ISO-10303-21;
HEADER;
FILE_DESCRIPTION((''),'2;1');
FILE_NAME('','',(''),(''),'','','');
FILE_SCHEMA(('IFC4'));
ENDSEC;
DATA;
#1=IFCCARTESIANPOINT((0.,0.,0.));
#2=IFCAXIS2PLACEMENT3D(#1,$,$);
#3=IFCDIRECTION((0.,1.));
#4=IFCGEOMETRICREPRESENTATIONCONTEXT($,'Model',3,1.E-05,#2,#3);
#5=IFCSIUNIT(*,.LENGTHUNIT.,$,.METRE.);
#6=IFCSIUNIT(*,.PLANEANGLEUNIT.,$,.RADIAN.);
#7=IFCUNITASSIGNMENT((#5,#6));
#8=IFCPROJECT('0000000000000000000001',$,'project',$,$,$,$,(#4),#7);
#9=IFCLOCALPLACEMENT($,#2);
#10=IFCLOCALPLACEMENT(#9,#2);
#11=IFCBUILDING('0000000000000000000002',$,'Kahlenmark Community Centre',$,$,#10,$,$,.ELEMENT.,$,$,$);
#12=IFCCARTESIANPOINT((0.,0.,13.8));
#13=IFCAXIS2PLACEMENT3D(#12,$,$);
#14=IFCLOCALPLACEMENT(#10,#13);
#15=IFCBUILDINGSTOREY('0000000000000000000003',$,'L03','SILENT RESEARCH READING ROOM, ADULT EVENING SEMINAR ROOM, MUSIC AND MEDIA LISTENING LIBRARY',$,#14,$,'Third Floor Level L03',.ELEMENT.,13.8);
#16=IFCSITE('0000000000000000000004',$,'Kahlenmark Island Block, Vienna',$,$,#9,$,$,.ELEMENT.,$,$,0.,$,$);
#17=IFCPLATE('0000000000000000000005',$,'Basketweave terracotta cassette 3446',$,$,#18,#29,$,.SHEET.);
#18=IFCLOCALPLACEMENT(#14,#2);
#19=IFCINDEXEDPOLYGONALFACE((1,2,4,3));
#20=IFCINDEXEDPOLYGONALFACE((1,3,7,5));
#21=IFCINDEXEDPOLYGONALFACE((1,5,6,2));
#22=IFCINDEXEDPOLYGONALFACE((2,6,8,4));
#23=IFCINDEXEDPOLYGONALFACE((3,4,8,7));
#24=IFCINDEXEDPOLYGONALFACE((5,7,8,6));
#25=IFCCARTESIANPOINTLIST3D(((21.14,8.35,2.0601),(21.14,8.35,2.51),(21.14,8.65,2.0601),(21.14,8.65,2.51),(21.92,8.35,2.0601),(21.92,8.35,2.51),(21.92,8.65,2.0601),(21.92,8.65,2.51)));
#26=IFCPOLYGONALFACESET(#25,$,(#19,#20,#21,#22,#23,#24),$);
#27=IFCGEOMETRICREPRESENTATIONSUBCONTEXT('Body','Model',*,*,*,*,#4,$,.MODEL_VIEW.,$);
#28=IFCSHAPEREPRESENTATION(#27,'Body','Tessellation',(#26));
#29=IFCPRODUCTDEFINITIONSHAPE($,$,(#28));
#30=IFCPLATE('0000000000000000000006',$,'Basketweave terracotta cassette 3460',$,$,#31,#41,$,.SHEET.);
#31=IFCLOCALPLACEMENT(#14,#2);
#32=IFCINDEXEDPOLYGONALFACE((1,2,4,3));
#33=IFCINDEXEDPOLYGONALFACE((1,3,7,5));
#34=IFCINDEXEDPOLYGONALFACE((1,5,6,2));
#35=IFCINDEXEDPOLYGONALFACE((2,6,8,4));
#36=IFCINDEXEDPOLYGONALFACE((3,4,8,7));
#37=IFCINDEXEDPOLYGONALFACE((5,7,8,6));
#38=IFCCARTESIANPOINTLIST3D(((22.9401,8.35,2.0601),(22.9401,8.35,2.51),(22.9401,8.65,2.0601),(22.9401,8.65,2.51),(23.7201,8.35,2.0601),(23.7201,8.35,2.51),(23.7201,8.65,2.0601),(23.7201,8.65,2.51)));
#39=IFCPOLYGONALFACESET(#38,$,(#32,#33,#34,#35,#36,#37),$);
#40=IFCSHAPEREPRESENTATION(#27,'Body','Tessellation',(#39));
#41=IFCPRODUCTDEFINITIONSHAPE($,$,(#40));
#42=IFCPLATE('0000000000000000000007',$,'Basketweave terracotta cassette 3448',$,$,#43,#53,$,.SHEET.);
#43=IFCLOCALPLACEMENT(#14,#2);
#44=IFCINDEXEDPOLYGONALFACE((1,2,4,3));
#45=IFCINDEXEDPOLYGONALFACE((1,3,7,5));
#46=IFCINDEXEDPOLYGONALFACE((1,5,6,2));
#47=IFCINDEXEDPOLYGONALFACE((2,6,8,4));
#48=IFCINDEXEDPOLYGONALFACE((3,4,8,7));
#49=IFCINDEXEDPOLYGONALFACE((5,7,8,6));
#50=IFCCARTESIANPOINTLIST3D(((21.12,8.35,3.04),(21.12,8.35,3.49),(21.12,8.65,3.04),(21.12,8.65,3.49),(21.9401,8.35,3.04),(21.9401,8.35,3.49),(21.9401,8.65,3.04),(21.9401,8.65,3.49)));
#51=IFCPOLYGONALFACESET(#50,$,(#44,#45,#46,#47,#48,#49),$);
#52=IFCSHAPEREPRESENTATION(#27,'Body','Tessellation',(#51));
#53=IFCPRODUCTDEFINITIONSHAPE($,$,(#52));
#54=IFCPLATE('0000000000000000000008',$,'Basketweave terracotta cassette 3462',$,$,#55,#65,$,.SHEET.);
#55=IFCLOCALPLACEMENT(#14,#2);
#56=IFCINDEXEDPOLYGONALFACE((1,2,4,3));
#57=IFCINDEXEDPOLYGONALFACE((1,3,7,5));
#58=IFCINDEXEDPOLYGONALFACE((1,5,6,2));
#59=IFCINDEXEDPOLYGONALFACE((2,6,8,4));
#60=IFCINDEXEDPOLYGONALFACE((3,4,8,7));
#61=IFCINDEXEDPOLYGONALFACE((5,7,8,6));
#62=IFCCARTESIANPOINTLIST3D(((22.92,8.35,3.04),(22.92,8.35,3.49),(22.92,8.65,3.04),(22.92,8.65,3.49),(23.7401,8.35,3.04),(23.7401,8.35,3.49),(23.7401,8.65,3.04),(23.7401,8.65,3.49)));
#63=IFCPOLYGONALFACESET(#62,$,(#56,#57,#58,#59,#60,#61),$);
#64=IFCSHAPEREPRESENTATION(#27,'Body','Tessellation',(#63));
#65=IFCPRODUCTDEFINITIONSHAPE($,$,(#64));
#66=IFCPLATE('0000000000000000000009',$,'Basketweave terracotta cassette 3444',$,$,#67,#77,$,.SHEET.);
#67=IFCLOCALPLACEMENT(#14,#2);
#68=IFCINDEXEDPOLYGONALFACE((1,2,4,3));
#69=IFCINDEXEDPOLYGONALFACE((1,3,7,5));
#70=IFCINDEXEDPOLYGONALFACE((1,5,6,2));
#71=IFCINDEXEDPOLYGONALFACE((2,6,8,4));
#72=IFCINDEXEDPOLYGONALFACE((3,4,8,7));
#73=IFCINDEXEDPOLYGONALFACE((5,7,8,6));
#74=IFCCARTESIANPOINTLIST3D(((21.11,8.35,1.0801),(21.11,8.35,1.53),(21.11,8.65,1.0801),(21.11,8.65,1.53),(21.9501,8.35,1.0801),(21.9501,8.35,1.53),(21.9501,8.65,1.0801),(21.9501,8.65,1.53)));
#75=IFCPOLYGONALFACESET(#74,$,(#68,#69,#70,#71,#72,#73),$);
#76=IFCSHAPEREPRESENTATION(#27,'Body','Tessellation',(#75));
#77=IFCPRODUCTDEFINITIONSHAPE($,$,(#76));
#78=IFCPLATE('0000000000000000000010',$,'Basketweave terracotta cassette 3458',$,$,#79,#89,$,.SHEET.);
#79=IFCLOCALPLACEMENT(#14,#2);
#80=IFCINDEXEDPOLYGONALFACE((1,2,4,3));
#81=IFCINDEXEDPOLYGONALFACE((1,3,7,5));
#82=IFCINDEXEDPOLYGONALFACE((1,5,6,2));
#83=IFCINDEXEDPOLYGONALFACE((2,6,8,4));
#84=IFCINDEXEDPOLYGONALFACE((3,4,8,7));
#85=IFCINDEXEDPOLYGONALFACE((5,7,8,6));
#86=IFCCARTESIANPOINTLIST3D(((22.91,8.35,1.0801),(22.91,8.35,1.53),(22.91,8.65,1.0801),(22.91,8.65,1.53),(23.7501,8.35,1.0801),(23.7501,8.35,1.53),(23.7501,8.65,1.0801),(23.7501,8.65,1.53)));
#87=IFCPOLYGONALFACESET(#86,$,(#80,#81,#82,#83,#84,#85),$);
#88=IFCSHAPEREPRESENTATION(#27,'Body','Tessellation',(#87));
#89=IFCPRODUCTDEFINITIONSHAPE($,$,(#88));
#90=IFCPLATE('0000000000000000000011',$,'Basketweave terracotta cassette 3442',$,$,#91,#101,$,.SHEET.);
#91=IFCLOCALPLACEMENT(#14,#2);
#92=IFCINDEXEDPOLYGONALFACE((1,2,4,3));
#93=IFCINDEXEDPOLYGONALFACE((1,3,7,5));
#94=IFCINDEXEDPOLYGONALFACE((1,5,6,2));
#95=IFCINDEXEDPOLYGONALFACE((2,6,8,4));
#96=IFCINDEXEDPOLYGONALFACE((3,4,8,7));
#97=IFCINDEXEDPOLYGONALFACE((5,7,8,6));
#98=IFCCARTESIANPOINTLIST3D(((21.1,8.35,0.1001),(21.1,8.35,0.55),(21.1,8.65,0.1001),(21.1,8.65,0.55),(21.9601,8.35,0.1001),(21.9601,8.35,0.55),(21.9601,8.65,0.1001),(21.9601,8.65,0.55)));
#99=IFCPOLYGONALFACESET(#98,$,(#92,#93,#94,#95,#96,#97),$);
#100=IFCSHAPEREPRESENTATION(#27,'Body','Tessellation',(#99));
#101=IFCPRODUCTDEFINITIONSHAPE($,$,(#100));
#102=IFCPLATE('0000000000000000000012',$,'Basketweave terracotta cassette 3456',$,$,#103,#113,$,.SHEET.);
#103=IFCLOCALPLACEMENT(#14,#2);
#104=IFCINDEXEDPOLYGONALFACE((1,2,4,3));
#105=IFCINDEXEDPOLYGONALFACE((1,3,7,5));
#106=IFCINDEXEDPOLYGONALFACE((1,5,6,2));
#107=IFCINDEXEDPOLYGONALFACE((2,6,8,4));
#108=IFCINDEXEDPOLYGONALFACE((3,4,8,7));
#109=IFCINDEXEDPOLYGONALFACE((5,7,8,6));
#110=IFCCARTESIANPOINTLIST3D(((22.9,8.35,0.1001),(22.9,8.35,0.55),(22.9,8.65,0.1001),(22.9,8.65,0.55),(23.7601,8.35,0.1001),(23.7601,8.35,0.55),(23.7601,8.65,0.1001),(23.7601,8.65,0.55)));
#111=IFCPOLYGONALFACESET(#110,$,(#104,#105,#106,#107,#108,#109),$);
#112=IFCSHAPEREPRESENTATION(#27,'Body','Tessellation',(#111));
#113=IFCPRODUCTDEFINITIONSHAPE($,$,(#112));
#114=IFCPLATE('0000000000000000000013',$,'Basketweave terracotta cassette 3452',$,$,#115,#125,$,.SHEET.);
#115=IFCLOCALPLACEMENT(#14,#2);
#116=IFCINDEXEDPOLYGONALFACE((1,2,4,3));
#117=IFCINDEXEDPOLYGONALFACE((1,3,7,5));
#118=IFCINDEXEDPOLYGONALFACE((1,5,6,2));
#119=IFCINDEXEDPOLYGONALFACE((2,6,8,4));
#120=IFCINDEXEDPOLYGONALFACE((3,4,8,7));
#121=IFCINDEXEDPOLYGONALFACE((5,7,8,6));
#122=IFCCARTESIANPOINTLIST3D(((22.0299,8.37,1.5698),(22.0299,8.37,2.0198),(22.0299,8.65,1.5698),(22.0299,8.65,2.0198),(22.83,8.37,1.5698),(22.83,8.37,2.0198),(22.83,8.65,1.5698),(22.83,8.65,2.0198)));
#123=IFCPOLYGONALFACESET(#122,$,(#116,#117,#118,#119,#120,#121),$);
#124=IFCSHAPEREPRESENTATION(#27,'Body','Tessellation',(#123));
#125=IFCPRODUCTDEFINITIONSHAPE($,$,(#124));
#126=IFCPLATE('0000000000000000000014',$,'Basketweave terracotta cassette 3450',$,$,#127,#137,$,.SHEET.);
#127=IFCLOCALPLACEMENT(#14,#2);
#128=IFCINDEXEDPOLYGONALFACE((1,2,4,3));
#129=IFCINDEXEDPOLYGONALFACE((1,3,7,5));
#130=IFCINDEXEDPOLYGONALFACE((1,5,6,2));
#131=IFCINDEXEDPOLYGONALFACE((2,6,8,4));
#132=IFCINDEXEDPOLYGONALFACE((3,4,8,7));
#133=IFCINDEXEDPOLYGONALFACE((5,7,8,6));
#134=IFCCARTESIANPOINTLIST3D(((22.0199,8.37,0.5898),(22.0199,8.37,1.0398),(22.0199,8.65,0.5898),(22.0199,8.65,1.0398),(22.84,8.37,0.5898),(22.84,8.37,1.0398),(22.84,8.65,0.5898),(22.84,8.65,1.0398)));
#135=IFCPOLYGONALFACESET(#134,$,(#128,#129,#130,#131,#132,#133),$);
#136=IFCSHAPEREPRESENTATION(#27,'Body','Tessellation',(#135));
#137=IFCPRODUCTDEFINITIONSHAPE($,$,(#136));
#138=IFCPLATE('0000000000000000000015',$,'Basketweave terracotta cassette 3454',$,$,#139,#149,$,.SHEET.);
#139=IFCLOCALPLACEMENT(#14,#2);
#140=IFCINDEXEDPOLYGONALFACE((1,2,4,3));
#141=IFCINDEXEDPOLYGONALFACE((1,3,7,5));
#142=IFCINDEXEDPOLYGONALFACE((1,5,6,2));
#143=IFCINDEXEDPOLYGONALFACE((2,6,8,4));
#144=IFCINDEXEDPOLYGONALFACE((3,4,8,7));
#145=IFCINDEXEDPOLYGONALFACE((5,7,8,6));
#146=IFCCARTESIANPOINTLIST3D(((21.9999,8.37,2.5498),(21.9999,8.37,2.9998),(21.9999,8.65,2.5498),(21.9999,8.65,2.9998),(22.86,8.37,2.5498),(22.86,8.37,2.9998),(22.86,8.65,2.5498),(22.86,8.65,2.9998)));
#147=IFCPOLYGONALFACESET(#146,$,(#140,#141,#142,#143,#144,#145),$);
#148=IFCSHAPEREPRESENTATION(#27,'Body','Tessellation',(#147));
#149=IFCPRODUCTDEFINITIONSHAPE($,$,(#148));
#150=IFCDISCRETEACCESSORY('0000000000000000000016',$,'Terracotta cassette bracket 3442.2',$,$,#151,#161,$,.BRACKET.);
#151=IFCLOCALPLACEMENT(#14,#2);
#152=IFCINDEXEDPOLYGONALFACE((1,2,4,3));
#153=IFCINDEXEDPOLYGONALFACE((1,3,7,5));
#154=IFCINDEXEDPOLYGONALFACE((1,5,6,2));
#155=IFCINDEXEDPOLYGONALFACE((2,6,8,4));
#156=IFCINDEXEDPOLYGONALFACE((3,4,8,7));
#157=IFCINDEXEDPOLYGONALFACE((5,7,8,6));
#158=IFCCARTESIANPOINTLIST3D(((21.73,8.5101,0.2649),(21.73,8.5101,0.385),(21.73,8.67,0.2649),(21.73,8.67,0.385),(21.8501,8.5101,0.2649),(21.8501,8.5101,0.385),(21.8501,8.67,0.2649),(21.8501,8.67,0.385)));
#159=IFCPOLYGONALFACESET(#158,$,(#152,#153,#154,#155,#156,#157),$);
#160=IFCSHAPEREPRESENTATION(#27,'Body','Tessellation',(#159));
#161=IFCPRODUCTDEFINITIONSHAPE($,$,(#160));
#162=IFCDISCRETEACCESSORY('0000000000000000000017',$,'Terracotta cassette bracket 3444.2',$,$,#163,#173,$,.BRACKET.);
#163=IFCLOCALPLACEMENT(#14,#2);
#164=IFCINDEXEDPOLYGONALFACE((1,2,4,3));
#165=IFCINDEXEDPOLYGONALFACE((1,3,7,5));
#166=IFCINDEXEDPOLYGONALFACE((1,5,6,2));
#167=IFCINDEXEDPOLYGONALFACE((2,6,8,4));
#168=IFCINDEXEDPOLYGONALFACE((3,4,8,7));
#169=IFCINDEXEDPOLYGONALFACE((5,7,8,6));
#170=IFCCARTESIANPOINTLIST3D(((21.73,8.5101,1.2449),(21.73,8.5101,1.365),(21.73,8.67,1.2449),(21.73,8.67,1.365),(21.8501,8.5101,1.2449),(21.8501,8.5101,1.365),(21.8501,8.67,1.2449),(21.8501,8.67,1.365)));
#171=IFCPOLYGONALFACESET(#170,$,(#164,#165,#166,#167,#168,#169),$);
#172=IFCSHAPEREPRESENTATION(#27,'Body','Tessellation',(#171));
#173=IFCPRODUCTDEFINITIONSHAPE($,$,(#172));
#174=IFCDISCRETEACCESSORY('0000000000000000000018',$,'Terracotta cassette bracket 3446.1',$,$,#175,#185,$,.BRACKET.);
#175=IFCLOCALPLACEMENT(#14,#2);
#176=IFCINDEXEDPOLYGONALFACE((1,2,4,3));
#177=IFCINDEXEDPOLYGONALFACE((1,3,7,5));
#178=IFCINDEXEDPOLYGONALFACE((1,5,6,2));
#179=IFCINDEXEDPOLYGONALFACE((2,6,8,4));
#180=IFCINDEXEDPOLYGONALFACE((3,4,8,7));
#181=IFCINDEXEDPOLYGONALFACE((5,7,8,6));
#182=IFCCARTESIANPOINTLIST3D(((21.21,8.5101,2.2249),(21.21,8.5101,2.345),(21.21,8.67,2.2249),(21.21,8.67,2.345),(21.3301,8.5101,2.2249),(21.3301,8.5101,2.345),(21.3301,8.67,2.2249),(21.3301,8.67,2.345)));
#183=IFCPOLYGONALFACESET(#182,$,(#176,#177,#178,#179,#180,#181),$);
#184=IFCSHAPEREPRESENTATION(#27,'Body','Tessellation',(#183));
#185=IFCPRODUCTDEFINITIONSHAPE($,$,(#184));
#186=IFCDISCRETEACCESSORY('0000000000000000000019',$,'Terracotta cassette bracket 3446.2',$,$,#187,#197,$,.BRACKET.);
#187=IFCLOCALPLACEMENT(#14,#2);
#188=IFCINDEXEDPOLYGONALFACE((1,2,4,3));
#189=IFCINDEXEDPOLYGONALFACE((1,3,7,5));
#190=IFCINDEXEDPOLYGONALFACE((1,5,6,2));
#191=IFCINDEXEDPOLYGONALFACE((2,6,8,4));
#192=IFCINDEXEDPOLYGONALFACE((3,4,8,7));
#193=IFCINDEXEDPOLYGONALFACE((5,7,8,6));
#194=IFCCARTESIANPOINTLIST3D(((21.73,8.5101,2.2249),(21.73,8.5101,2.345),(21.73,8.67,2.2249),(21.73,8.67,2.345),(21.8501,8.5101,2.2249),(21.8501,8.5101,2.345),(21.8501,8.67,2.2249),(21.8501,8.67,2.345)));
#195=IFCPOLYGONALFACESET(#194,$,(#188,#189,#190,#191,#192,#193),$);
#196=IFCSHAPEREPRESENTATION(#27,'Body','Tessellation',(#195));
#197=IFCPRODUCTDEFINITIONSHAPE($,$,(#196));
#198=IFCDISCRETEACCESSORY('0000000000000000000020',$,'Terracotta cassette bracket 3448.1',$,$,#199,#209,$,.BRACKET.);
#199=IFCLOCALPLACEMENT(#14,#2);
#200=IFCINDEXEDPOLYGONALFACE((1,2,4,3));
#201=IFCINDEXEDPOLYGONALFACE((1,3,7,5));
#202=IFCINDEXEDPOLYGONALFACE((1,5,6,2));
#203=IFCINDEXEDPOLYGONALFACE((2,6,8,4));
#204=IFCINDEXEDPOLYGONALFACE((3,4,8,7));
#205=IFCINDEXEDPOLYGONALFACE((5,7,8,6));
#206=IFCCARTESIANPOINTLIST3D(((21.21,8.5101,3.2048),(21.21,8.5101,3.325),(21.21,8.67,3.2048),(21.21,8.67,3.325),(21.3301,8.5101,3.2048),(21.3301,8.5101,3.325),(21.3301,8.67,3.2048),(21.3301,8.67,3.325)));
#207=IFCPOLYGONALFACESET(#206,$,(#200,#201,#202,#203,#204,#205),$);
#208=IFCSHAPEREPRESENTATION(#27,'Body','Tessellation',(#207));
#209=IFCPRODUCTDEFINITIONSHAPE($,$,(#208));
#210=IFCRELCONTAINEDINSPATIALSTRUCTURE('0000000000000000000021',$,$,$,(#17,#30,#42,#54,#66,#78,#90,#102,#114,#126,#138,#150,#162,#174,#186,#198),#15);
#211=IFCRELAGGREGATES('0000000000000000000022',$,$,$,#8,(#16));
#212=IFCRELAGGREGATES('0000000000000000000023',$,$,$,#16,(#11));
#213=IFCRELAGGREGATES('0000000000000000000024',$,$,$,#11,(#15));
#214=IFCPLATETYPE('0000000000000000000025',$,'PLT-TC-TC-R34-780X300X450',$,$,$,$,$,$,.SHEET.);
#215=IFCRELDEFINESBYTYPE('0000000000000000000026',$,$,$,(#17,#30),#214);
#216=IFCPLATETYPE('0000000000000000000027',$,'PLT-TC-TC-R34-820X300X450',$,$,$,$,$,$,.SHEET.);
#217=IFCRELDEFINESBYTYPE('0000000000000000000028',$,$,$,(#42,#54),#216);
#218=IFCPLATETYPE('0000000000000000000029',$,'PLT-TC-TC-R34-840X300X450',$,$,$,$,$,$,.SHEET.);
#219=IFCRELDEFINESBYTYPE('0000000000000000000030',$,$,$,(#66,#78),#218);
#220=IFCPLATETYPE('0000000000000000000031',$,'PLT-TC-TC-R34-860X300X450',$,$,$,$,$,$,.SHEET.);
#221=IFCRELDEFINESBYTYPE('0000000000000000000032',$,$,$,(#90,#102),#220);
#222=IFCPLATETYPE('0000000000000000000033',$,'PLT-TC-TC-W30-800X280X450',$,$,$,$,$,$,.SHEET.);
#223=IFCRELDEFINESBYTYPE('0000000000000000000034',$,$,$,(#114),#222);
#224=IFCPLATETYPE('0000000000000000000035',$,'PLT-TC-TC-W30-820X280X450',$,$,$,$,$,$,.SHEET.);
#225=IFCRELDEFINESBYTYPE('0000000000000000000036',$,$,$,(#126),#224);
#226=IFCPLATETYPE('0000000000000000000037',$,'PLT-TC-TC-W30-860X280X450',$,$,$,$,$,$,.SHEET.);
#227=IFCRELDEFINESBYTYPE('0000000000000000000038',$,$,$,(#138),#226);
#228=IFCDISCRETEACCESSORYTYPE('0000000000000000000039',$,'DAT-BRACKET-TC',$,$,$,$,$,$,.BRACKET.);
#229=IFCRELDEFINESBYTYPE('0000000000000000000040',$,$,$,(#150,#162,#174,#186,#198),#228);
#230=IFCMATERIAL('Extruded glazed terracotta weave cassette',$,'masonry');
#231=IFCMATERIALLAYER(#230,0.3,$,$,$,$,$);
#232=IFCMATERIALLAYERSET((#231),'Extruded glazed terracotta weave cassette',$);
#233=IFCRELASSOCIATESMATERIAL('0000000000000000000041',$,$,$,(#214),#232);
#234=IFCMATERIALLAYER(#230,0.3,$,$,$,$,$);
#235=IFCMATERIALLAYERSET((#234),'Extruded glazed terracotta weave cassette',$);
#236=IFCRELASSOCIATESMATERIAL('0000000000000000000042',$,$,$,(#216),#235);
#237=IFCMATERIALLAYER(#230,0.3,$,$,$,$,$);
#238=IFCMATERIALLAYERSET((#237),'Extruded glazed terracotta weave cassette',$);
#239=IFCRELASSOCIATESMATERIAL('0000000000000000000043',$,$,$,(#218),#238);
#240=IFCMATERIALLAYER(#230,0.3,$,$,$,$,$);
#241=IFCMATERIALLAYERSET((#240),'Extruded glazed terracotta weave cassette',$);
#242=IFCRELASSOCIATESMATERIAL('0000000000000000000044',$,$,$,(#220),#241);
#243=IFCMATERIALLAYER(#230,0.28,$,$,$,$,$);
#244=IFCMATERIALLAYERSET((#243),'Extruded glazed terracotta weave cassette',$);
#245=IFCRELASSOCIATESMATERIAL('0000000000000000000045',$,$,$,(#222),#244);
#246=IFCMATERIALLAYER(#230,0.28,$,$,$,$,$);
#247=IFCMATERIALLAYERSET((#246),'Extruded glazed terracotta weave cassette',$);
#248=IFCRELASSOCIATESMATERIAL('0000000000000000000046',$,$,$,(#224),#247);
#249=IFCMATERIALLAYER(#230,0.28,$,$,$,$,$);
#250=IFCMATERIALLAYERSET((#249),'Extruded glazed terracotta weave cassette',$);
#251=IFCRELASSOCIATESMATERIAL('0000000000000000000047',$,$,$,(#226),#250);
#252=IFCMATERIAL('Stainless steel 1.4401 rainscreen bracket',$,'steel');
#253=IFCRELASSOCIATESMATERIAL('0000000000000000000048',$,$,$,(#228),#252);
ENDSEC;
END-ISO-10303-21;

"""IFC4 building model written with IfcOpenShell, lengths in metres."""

from ifc_helpers import new_model, si_unit, direction, frame, origin, origin_2d, place, context, subcontext, project, spatial, rectangle, extrude, material, layer, layer_set, type_object, element, save


model = new_model("IFC4")

# Units and contexts
model_context = context("Model", 3, precision=1e-05, world=origin(), true_north=direction((0.0, 1.0)))
body_context = subcontext(model_context, "Body", "Model", "MODEL_VIEW")
ifc_project = project(units=[si_unit("LENGTHUNIT", "METRE"), si_unit("PLANEANGLEUNIT", "RADIAN")], contexts=[model_context])

# Site, building, storey
site_placement = place(None, origin())
site = spatial("IfcSite", under=ifc_project, at=site_placement, Name="Kahlenmark Island Block, Vienna", CompositionType="ELEMENT", RefElevation=0.0)
building_placement = place(site_placement, origin())
building = spatial("IfcBuilding", under=site, at=building_placement, Name="Kahlenmark Community Centre", CompositionType="ELEMENT")
storey_placement = place(building_placement, frame((0.0, 0.0, 13.8)))
storey = spatial("IfcBuildingStorey", under=building, at=storey_placement, Name="L03", Description="SILENT RESEARCH READING ROOM, ADULT EVENING SEMINAR ROOM, MUSIC AND MEDIA LISTENING LIBRARY", LongName="Third Floor Level L03", CompositionType="ELEMENT", Elevation=13.8)

# Plates
ifc_material_1 = material(Name="Extruded glazed terracotta weave cassette", Category="masonry")
ifc_layer_1 = layer(ifc_material_1, 0.3)
ifc_layer_set_1 = layer_set([ifc_layer_1], Name="Extruded glazed terracotta weave cassette")
plate_type_1 = type_object("IfcPlateType", Name="PLT-TC-TC-R34-780X300X450", PredefinedType="SHEET", material=ifc_layer_set_1)
for number, where, z_axis, x_axis, name in (
    (1, (21.53, 8.5, 2.0601), (0.0, 0.0, 1.0), (1.0, 0.0, 0.0), "Basketweave terracotta cassette 3446"),
    (2, (23.3301, 8.5, 2.0601), (0.0, 0.0, 1.0), (1.0, 0.0, 0.0), "Basketweave terracotta cassette 3460"),
):
    element("IfcPlate", number, at=place(storey_placement, frame(where, z_axis=z_axis, x_axis=x_axis)), inside=storey, type_object=plate_type_1, Name=name, PredefinedType="SHEET", context=body_context, shape_type="SweptSolid", body=[
        extrude(rectangle(XDim=0.78, YDim=0.3, at=origin_2d()), origin(), (0.0, 0.0, 1.0), 0.45),
    ])
ifc_layer_2 = layer(ifc_material_1, 0.3)
ifc_layer_set_2 = layer_set([ifc_layer_2], Name="Extruded glazed terracotta weave cassette")
plate_type_2 = type_object("IfcPlateType", Name="PLT-TC-TC-R34-820X300X450", PredefinedType="SHEET", material=ifc_layer_set_2)
for number, where, z_axis, x_axis, name in (
    (3, (21.53, 8.5, 3.04), (0.0, 0.0, 1.0), (1.0, 0.0, 0.0), "Basketweave terracotta cassette 3448"),
    (4, (23.3301, 8.5, 3.04), (0.0, 0.0, 1.0), (1.0, 0.0, 0.0), "Basketweave terracotta cassette 3462"),
):
    element("IfcPlate", number, at=place(storey_placement, frame(where, z_axis=z_axis, x_axis=x_axis)), inside=storey, type_object=plate_type_2, Name=name, PredefinedType="SHEET", context=body_context, shape_type="SweptSolid", body=[
        extrude(rectangle(XDim=0.8201, YDim=0.3, at=origin_2d()), origin(), (0.0, 0.0, 1.0), 0.45),
    ])
ifc_layer_3 = layer(ifc_material_1, 0.3)
ifc_layer_set_3 = layer_set([ifc_layer_3], Name="Extruded glazed terracotta weave cassette")
plate_type_3 = type_object("IfcPlateType", Name="PLT-TC-TC-R34-840X300X450", PredefinedType="SHEET", material=ifc_layer_set_3)
for number, where, z_axis, x_axis, name in (
    (5, (21.53, 8.5, 1.0801), (0.0, 0.0, 1.0), (1.0, 0.0, 0.0), "Basketweave terracotta cassette 3444"),
    (6, (23.3301, 8.5, 1.0801), (0.0, 0.0, 1.0), (1.0, 0.0, 0.0), "Basketweave terracotta cassette 3458"),
):
    element("IfcPlate", number, at=place(storey_placement, frame(where, z_axis=z_axis, x_axis=x_axis)), inside=storey, type_object=plate_type_3, Name=name, PredefinedType="SHEET", context=body_context, shape_type="SweptSolid", body=[
        extrude(rectangle(XDim=0.8401, YDim=0.3, at=origin_2d()), origin(), (0.0, 0.0, 1.0), 0.45),
    ])
ifc_layer_4 = layer(ifc_material_1, 0.3)
ifc_layer_set_4 = layer_set([ifc_layer_4], Name="Extruded glazed terracotta weave cassette")
plate_type_4 = type_object("IfcPlateType", Name="PLT-TC-TC-R34-860X300X450", PredefinedType="SHEET", material=ifc_layer_set_4)
for number, where, z_axis, x_axis, name in (
    (7, (21.53, 8.5, 0.1001), (0.0, 0.0, 1.0), (1.0, 0.0, 0.0), "Basketweave terracotta cassette 3442"),
    (8, (23.3301, 8.5, 0.1001), (0.0, 0.0, 1.0), (1.0, 0.0, 0.0), "Basketweave terracotta cassette 3456"),
):
    element("IfcPlate", number, at=place(storey_placement, frame(where, z_axis=z_axis, x_axis=x_axis)), inside=storey, type_object=plate_type_4, Name=name, PredefinedType="SHEET", context=body_context, shape_type="SweptSolid", body=[
        extrude(rectangle(XDim=0.8601, YDim=0.3, at=origin_2d()), origin(), (0.0, 0.0, 1.0), 0.45),
    ])
ifc_layer_5 = layer(ifc_material_1, 0.28)
ifc_layer_set_5 = layer_set([ifc_layer_5], Name="Extruded glazed terracotta weave cassette")
plate_type_5 = type_object("IfcPlateType", Name="PLT-TC-TC-W30-800X280X450", PredefinedType="SHEET", material=ifc_layer_set_5)
plate_1_placement = place(storey_placement, frame((22.4299, 8.51, 1.5698), z_axis=(0.0, 0.0, 1.0), x_axis=(1.0, 0.0, 0.0)))
element("IfcPlate", 9, at=plate_1_placement, inside=storey, type_object=plate_type_5, Name="Basketweave terracotta cassette 3452", PredefinedType="SHEET", context=body_context, shape_type="SweptSolid", body=[
    extrude(rectangle(XDim=0.8, YDim=0.28, at=origin_2d()), origin(), (0.0, 0.0, 1.0), 0.45),
])
ifc_layer_6 = layer(ifc_material_1, 0.28)
ifc_layer_set_6 = layer_set([ifc_layer_6], Name="Extruded glazed terracotta weave cassette")
plate_type_6 = type_object("IfcPlateType", Name="PLT-TC-TC-W30-820X280X450", PredefinedType="SHEET", material=ifc_layer_set_6)
plate_2_placement = place(storey_placement, frame((22.4299, 8.51, 0.5898), z_axis=(0.0, 0.0, 1.0), x_axis=(1.0, 0.0, 0.0)))
element("IfcPlate", 10, at=plate_2_placement, inside=storey, type_object=plate_type_6, Name="Basketweave terracotta cassette 3450", PredefinedType="SHEET", context=body_context, shape_type="SweptSolid", body=[
    extrude(rectangle(XDim=0.8201, YDim=0.28, at=origin_2d()), origin(), (0.0, 0.0, 1.0), 0.45),
])
ifc_layer_7 = layer(ifc_material_1, 0.28)
ifc_layer_set_7 = layer_set([ifc_layer_7], Name="Extruded glazed terracotta weave cassette")
plate_type_7 = type_object("IfcPlateType", Name="PLT-TC-TC-W30-860X280X450", PredefinedType="SHEET", material=ifc_layer_set_7)
plate_3_placement = place(storey_placement, frame((22.4299, 8.51, 2.5498), z_axis=(0.0, 0.0, 1.0), x_axis=(1.0, 0.0, 0.0)))
element("IfcPlate", 11, at=plate_3_placement, inside=storey, type_object=plate_type_7, Name="Basketweave terracotta cassette 3454", PredefinedType="SHEET", context=body_context, shape_type="SweptSolid", body=[
    extrude(rectangle(XDim=0.8601, YDim=0.28, at=origin_2d()), origin(), (0.0, 0.0, 1.0), 0.45),
])

# Discrete accessories
ifc_material_2 = material(Name="Stainless steel 1.4401 rainscreen bracket", Category="steel")
discrete_accessory_type = type_object("IfcDiscreteAccessoryType", Name="DAT-BRACKET-TC", PredefinedType="BRACKET", material=ifc_material_2)
for number, where, z_axis, x_axis, name in (
    (12, (21.79, 8.5901, 0.2649), (0.0, 0.0, 1.0), (1.0, 0.0, 0.0), "Terracotta cassette bracket 3442.2"),
    (13, (21.79, 8.5901, 1.2449), (0.0, 0.0, 1.0), (1.0, 0.0, 0.0), "Terracotta cassette bracket 3444.2"),
    (14, (21.27, 8.5901, 2.2249), (0.0, 0.0, 1.0), (1.0, 0.0, 0.0), "Terracotta cassette bracket 3446.1"),
    (15, (21.79, 8.5901, 2.2249), (0.0, 0.0, 1.0), (1.0, 0.0, 0.0), "Terracotta cassette bracket 3446.2"),
    (16, (21.27, 8.5901, 3.2048), (0.0, 0.0, 1.0), (1.0, 0.0, 0.0), "Terracotta cassette bracket 3448.1"),
):
    element("IfcDiscreteAccessory", number, at=place(storey_placement, frame(where, z_axis=z_axis, x_axis=x_axis)), inside=storey, type_object=discrete_accessory_type, Name=name, PredefinedType="BRACKET", context=body_context, shape_type="SweptSolid", body=[
        extrude(rectangle(XDim=0.1201, YDim=0.1599, at=origin_2d()), origin(), (0.0, 0.0, 1.0), 0.1201),
    ])

save(model, "model.ifc")
